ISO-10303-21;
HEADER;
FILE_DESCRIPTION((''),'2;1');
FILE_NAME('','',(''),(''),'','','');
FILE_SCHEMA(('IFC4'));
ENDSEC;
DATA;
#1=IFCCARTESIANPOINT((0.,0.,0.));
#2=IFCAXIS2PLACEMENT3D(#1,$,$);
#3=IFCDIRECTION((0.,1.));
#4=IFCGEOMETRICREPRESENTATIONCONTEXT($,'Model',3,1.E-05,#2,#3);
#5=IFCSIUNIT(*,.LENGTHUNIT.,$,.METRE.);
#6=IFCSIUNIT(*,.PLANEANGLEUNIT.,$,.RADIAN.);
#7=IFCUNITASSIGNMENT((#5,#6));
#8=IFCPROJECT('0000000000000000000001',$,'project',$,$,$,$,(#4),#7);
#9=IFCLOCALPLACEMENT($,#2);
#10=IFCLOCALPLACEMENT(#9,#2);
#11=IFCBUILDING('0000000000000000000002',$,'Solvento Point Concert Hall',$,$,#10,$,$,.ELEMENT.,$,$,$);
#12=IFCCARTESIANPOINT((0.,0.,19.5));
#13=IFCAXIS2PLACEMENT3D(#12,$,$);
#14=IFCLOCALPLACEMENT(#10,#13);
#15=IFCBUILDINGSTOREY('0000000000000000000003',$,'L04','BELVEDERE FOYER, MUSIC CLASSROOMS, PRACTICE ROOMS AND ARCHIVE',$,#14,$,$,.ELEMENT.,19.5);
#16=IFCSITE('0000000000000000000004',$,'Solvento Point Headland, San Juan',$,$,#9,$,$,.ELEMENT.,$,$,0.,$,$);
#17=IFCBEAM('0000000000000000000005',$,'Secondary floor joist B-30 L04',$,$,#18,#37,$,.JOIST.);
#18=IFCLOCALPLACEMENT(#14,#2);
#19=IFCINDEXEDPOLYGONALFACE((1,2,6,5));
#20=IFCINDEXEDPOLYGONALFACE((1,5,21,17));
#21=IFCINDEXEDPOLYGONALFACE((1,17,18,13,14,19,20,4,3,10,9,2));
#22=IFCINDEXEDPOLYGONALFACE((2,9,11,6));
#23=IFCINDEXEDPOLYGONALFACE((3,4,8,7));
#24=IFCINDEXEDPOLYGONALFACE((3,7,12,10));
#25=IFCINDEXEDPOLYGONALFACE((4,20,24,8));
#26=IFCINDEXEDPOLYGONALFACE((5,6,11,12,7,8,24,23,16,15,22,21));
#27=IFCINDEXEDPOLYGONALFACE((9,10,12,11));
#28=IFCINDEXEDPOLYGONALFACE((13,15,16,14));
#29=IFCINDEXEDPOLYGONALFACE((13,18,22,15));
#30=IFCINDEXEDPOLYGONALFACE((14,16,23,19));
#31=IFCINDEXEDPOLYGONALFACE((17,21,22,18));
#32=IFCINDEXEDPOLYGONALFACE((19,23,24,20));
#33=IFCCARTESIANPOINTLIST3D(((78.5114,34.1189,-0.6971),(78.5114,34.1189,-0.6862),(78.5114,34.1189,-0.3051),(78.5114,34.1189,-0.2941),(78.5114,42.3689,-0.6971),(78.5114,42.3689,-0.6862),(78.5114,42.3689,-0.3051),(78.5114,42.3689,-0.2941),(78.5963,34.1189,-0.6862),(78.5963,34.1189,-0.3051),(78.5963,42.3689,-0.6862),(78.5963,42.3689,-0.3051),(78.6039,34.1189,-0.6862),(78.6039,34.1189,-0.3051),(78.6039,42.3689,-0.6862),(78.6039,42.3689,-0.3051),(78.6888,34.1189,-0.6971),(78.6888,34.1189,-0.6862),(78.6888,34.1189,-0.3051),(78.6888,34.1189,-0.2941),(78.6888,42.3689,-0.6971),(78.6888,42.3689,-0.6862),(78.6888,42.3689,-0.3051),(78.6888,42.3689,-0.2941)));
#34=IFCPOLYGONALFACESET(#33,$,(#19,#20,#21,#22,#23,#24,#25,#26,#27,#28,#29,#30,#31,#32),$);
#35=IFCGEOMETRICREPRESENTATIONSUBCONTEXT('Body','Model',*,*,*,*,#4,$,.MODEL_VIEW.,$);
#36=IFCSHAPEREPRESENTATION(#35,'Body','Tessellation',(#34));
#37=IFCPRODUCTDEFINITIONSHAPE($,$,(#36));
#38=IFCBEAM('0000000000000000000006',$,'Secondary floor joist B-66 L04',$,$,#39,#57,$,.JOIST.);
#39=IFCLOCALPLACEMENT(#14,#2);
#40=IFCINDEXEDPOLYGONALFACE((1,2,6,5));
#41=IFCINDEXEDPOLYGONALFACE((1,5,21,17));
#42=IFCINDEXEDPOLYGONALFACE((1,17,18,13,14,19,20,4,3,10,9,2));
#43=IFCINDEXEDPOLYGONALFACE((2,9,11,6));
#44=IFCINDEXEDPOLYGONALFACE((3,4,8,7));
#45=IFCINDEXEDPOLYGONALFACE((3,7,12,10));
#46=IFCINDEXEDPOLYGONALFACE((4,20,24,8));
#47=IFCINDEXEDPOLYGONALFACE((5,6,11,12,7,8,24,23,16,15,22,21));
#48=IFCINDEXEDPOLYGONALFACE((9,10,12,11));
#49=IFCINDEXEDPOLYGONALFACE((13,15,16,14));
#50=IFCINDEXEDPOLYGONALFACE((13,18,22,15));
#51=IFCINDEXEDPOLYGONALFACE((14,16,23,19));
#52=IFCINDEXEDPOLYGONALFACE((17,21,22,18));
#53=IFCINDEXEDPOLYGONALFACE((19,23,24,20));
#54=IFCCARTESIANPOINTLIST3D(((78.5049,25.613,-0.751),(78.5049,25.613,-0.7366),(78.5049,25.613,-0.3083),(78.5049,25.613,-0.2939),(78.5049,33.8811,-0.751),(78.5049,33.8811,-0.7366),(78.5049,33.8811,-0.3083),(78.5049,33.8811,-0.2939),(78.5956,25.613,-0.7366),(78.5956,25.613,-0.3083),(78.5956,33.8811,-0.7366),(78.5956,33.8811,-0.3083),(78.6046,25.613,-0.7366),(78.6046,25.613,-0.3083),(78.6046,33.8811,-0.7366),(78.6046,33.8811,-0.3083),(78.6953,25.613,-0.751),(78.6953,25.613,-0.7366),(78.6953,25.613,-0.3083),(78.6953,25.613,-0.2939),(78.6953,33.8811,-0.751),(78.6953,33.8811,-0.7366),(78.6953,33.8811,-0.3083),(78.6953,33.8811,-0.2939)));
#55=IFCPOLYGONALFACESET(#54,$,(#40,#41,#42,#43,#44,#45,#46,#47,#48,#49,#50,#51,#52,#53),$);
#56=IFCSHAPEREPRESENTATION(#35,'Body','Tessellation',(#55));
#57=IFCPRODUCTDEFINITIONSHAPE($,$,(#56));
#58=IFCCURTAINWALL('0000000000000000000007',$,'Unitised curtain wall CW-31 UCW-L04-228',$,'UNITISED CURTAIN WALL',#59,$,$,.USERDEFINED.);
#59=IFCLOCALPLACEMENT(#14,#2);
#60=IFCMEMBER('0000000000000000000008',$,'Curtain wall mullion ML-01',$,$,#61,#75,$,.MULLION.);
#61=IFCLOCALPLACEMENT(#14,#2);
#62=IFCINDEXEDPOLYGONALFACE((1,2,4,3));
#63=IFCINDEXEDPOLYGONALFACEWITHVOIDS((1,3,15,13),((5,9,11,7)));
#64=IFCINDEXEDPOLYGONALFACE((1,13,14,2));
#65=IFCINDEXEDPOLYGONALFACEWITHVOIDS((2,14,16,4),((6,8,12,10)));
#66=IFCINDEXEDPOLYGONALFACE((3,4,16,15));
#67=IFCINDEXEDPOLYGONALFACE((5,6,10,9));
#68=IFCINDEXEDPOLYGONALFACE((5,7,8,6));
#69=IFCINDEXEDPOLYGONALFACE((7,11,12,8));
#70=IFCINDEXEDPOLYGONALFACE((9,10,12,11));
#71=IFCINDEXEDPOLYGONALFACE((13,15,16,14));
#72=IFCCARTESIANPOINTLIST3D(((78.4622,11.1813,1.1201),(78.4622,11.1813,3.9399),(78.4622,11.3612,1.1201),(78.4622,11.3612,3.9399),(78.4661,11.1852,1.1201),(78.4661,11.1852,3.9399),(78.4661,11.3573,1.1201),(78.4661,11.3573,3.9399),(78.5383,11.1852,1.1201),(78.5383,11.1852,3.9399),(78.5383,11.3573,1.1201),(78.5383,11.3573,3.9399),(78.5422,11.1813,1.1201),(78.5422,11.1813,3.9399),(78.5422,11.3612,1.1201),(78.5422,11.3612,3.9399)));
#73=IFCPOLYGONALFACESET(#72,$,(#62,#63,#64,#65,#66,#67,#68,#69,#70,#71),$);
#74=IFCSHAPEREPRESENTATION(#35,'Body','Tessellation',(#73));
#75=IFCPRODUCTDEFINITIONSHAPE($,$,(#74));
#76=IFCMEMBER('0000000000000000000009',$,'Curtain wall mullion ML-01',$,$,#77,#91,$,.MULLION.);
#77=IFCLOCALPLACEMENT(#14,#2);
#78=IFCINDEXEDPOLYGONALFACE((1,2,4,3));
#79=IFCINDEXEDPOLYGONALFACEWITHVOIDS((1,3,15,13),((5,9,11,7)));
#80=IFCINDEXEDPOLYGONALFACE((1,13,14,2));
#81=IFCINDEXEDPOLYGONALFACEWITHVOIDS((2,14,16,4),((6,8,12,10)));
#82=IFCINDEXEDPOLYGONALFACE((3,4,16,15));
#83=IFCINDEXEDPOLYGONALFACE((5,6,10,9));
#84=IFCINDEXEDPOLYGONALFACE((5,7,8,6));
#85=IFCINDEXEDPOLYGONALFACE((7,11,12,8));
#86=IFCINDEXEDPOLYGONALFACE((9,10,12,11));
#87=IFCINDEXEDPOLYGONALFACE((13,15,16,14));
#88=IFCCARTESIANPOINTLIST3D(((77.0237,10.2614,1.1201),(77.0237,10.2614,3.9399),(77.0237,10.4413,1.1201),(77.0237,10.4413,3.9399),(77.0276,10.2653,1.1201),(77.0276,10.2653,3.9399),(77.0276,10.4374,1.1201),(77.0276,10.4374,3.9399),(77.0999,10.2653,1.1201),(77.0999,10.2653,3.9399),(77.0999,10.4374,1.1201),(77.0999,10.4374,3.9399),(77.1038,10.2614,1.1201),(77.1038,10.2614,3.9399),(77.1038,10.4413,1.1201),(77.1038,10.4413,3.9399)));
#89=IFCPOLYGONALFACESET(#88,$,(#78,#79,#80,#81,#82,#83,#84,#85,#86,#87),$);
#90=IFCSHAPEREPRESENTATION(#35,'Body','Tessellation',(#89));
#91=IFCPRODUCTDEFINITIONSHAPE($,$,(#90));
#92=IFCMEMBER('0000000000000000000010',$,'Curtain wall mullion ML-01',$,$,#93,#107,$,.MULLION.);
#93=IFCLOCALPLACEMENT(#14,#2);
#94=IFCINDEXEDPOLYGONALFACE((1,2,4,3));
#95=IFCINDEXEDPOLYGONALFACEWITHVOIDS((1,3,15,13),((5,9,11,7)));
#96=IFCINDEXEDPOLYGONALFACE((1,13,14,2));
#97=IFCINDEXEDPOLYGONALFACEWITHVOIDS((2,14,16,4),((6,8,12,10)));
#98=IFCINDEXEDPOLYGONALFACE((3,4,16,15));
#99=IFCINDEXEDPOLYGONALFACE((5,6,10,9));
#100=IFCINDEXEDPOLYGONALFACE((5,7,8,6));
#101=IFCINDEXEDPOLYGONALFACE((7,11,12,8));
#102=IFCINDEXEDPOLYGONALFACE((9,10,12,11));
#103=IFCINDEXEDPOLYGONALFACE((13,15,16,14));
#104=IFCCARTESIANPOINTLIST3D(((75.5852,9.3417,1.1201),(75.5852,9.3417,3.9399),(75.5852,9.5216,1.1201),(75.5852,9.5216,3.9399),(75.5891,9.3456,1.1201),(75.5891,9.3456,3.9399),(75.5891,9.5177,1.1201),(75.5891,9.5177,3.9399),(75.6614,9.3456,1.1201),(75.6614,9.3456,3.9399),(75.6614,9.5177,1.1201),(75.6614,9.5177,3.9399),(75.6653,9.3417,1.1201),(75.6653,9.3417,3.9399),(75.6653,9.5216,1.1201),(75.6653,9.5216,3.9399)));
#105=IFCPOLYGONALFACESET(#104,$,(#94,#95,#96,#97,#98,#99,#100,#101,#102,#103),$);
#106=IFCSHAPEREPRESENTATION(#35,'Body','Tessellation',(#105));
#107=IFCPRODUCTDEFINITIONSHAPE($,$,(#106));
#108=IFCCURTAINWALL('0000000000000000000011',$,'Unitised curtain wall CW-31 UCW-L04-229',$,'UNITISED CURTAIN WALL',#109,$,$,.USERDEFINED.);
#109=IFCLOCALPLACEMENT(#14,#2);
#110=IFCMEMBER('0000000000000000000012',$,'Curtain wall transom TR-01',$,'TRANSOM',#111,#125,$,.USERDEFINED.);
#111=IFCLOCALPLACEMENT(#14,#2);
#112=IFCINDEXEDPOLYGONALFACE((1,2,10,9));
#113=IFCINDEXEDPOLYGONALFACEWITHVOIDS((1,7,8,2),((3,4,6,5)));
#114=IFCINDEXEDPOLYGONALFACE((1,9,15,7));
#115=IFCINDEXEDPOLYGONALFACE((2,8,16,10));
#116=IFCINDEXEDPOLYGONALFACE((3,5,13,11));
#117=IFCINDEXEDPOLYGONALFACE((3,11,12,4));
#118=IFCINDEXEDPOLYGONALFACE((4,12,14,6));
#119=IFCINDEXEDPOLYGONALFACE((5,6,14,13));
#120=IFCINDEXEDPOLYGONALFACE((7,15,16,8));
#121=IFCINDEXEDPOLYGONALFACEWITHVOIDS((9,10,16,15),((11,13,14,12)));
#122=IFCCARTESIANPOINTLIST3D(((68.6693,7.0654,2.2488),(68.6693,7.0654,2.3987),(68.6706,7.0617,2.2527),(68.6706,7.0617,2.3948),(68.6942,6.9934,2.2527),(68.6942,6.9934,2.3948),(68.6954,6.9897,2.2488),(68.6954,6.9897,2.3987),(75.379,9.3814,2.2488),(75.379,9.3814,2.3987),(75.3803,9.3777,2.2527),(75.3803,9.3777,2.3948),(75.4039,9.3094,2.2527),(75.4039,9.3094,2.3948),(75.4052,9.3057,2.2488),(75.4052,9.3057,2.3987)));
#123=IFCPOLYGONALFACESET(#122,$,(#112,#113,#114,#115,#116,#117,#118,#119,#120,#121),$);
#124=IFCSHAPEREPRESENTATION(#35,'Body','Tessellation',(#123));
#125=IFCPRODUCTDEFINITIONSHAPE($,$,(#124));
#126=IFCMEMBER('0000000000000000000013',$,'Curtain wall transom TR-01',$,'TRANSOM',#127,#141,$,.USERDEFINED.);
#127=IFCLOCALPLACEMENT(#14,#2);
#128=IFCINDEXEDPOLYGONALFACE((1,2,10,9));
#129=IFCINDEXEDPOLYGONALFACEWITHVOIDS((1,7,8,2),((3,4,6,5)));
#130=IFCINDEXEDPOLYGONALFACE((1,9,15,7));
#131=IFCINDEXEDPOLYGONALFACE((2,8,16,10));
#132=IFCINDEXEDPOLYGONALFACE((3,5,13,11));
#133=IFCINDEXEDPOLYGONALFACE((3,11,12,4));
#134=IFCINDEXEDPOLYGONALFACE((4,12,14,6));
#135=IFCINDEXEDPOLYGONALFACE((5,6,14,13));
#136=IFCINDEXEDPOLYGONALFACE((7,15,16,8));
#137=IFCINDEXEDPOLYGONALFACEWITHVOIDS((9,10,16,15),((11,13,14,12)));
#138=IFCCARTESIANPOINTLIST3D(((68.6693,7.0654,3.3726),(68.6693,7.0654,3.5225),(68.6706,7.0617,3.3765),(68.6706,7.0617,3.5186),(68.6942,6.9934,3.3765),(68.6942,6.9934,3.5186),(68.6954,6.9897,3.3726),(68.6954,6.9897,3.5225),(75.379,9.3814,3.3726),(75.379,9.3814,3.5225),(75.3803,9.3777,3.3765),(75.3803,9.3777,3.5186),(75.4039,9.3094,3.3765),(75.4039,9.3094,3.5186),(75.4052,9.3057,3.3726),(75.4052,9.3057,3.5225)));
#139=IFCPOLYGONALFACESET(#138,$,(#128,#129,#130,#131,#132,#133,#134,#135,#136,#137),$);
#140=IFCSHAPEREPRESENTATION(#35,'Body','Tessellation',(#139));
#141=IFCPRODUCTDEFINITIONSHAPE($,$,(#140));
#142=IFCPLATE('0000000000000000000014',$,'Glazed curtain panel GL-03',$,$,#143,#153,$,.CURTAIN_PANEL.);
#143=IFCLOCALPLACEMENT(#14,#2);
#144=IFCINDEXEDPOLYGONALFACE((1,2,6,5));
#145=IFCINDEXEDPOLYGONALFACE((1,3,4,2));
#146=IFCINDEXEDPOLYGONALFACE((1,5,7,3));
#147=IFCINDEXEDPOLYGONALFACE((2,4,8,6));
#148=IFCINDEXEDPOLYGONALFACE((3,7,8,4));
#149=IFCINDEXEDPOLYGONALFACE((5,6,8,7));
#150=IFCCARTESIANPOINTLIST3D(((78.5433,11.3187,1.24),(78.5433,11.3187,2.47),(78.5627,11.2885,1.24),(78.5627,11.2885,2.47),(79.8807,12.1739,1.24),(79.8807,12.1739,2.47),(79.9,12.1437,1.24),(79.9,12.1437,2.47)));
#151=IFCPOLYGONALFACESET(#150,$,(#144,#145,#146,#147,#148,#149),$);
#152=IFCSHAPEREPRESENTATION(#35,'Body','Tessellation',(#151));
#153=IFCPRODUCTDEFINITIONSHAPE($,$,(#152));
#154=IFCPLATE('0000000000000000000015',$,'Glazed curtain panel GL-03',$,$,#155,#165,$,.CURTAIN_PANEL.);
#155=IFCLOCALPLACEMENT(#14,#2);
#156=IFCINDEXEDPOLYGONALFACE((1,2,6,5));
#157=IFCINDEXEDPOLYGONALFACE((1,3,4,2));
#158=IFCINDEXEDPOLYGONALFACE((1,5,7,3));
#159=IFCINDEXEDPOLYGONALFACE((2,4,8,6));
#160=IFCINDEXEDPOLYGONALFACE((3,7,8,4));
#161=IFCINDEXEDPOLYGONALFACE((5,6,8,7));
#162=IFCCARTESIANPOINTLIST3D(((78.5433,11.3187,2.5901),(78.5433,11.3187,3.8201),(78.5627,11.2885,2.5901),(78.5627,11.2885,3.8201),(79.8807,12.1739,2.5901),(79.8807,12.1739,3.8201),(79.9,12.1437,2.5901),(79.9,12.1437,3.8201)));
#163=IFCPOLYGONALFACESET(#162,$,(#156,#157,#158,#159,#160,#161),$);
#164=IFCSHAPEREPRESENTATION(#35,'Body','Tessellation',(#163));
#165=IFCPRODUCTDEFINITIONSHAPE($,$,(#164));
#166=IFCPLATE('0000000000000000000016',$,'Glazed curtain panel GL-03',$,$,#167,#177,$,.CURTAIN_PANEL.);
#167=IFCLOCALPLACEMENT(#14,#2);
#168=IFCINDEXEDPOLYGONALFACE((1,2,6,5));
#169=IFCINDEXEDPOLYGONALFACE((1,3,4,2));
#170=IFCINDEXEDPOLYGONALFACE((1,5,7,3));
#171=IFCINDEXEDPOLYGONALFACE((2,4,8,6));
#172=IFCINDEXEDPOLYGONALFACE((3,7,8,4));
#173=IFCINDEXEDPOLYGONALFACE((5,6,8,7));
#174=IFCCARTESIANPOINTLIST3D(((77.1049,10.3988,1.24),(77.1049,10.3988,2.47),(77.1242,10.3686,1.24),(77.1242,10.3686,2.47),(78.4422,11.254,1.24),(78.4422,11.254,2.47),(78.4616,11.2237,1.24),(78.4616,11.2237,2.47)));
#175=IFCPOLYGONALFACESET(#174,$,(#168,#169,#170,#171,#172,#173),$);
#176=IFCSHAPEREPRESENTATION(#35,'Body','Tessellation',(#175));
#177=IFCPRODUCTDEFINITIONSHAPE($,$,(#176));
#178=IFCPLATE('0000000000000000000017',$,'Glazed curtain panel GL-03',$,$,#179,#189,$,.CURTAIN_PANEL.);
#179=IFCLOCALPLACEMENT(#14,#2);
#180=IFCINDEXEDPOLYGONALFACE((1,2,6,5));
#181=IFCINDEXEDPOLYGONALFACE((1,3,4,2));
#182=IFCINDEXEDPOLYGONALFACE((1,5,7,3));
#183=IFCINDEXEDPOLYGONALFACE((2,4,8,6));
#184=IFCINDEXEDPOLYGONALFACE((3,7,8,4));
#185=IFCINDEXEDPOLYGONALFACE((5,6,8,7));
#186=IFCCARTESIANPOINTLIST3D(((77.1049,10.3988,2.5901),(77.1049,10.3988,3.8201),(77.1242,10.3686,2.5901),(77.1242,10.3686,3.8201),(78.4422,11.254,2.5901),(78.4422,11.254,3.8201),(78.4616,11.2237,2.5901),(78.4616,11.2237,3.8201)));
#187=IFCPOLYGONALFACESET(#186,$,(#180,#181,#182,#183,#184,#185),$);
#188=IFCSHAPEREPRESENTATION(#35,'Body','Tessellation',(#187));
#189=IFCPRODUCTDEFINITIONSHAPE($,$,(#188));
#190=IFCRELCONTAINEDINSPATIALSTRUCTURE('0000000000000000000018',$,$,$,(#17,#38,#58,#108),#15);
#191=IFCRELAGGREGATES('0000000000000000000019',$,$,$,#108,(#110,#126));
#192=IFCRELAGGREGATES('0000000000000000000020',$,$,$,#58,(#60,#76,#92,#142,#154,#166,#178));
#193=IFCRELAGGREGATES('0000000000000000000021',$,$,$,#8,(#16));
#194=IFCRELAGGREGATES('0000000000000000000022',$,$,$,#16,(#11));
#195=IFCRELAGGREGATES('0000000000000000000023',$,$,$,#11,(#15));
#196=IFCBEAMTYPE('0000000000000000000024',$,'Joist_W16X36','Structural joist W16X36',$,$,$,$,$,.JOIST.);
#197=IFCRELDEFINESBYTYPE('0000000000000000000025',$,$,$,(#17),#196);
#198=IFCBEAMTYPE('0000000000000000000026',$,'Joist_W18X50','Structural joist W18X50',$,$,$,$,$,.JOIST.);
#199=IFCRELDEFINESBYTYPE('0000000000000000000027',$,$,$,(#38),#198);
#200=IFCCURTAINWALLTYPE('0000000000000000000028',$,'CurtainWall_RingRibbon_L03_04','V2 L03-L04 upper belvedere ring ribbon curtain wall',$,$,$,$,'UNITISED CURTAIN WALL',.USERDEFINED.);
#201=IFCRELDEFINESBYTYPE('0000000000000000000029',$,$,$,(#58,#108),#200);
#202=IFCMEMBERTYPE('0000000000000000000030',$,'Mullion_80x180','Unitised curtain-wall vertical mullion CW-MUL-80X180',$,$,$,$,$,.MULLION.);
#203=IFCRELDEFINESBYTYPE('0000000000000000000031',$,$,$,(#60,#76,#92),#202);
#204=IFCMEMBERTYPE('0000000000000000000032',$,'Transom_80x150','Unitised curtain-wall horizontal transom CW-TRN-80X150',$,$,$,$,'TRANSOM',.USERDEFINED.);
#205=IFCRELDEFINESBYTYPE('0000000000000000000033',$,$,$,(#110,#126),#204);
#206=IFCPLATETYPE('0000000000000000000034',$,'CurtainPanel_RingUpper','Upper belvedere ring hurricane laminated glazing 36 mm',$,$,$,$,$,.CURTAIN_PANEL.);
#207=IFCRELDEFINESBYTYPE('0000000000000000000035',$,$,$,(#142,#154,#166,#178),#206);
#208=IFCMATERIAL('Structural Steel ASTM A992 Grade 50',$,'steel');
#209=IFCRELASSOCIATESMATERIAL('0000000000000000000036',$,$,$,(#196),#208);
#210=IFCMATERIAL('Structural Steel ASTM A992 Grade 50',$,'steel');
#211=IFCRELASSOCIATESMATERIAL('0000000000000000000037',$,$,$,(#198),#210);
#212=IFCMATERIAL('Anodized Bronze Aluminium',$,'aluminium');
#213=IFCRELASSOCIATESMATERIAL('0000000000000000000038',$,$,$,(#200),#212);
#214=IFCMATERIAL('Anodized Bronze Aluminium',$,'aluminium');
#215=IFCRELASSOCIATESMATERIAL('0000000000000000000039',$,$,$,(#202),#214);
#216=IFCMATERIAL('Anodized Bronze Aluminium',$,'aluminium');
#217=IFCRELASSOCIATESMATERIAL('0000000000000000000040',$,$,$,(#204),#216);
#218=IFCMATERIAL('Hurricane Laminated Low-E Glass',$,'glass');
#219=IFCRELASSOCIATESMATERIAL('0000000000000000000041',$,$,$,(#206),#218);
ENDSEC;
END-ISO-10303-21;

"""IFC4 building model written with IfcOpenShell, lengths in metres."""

from ifc_helpers import new_model, si_unit, direction, frame, origin, origin_2d, place, context, subcontext, project, spatial, rectangle, hollow_rectangle, i_section, extrude, material, material_profile, profile_set, type_object, element, aggregate, save


model = new_model("IFC4")

# Units and contexts
model_context = context("Model", 3, precision=1e-05, world=origin(), true_north=direction((0.0, 1.0)))
body_context = subcontext(model_context, "Body", "Model", "MODEL_VIEW")
ifc_project = project(units=[si_unit("LENGTHUNIT", "METRE"), si_unit("PLANEANGLEUNIT", "RADIAN")], contexts=[model_context])

# Site, building, storey
site_placement = place(None, origin())
site = spatial("IfcSite", under=ifc_project, at=site_placement, Name="Solvento Point Headland, San Juan", CompositionType="ELEMENT", RefElevation=0.0)
building_placement = place(site_placement, origin())
building = spatial("IfcBuilding", under=site, at=building_placement, Name="Solvento Point Concert Hall", CompositionType="ELEMENT")
storey_placement = place(building_placement, frame((0.0, 0.0, 19.5)))
storey = spatial("IfcBuildingStorey", under=building, at=storey_placement, Name="L04", Description="BELVEDERE FOYER, MUSIC CLASSROOMS, PRACTICE ROOMS AND ARCHIVE", CompositionType="ELEMENT", Elevation=19.5)

# Beams
ifc_material_1 = material(Name="Structural Steel ASTM A992 Grade 50", Category="steel")
ifc_material_profile_1 = material_profile(ifc_material_1, i_section(OverallWidth=0.1775, OverallDepth=0.4031, WebThickness=0.0076, FlangeThickness=0.011, at=origin_2d()), Name="W16X36")
ifc_profile_set_1 = profile_set([ifc_material_profile_1], Name="Structural Steel ASTM A992 Grade 50")
beam_type_1 = type_object("IfcBeamType", Name="Joist_W16X36", Description="Structural joist W16X36", PredefinedType="JOIST", material=ifc_profile_set_1)
beam_1_placement = place(storey_placement, frame((78.6001, 34.1189, -0.4956), z_axis=(0.0, 1.0, 0.0), x_axis=(-1.0, 0.0, 0.0)))
element("IfcBeam", 1, at=beam_1_placement, inside=storey, type_object=beam_type_1, Name="Secondary floor joist B-30 L04", PredefinedType="JOIST", context=body_context, shape_type="SweptSolid", body=[
    extrude(i_section(OverallWidth=0.1775, OverallDepth=0.4031, WebThickness=0.0076, FlangeThickness=0.011, at=origin_2d()), origin(), (0.0, 0.0, 1.0), 8.25),
])
ifc_material_2 = material(Name="Structural Steel ASTM A992 Grade 50", Category="steel")
ifc_material_profile_2 = material_profile(ifc_material_2, i_section(OverallWidth=0.1904, OverallDepth=0.457, WebThickness=0.009, FlangeThickness=0.0144, at=origin_2d()), Name="W18X50")
ifc_profile_set_2 = profile_set([ifc_material_profile_2], Name="Structural Steel ASTM A992 Grade 50")
beam_type_2 = type_object("IfcBeamType", Name="Joist_W18X50", Description="Structural joist W18X50", PredefinedType="JOIST", material=ifc_profile_set_2)
beam_2_placement = place(storey_placement, frame((78.6001, 25.613, -0.5225), z_axis=(0.0, 1.0, 0.0), x_axis=(-1.0, 0.0, 0.0)))
element("IfcBeam", 2, at=beam_2_placement, inside=storey, type_object=beam_type_2, Name="Secondary floor joist B-66 L04", PredefinedType="JOIST", context=body_context, shape_type="SweptSolid", body=[
    extrude(i_section(OverallWidth=0.1904, OverallDepth=0.457, WebThickness=0.009, FlangeThickness=0.0144, at=origin_2d()), origin(), (0.0, 0.0, 1.0), 8.2681),
])

# Curtain walls, members
ifc_material_3 = material(Name="Anodized Bronze Aluminium", Category="aluminium")
curtain_wall_type = type_object("IfcCurtainWallType", Name="CurtainWall_RingRibbon_L03_04", Description="V2 L03-L04 upper belvedere ring ribbon curtain wall", ElementType="UNITISED CURTAIN WALL", PredefinedType="USERDEFINED", material=ifc_material_3)
curtain_wall_1_placement = place(storey_placement, origin())
curtain_wall_1 = element("IfcCurtainWall", 3, at=curtain_wall_1_placement, inside=storey, type_object=curtain_wall_type, Name="Unitised curtain wall CW-31 UCW-L04-228", ObjectType="UNITISED CURTAIN WALL", PredefinedType="USERDEFINED")
ifc_material_4 = material(Name="Anodized Bronze Aluminium", Category="aluminium")
ifc_material_profile_3 = material_profile(ifc_material_4, hollow_rectangle(XDim=0.0801, YDim=0.1799, WallThickness=0.0039, at=origin_2d()), Name="CW-MUL-80X180")
ifc_profile_set_3 = profile_set([ifc_material_profile_3], Name="Anodized Bronze Aluminium")
member_type_1 = type_object("IfcMemberType", Name="Mullion_80x180", Description="Unitised curtain-wall vertical mullion CW-MUL-80X180", PredefinedType="MULLION", material=ifc_profile_set_3)
member_1_placement = place(storey_placement, frame((78.5022, 11.2712, 1.1201), z_axis=(0.0, 0.0, 1.0), x_axis=(1.0, 0.0, 0.0)))
member_1 = element("IfcMember", 4, at=member_1_placement, type_object=member_type_1, Name="Curtain wall mullion ML-01", PredefinedType="MULLION", context=body_context, shape_type="SweptSolid", body=[
    extrude(hollow_rectangle(XDim=0.0801, YDim=0.1799, WallThickness=0.0039, at=origin_2d()), origin(), (0.0, 0.0, 1.0), 2.8198),
])
member_2_placement = place(storey_placement, frame((77.0637, 10.3513, 1.1201), z_axis=(0.0, 0.0, 1.0), x_axis=(1.0, 0.0, 0.0)))
member_2 = element("IfcMember", 5, at=member_2_placement, type_object=member_type_1, Name="Curtain wall mullion ML-01", PredefinedType="MULLION", context=body_context, shape_type="SweptSolid", body=[
    extrude(hollow_rectangle(XDim=0.0801, YDim=0.1799, WallThickness=0.0039, at=origin_2d()), origin(), (0.0, 0.0, 1.0), 2.8198),
])
member_3_placement = place(storey_placement, frame((75.6252, 9.4316, 1.1201), z_axis=(0.0, 0.0, 1.0), x_axis=(1.0, 0.0, 0.0)))
member_3 = element("IfcMember", 6, at=member_3_placement, type_object=member_type_1, Name="Curtain wall mullion ML-01", PredefinedType="MULLION", context=body_context, shape_type="SweptSolid", body=[
    extrude(hollow_rectangle(XDim=0.0801, YDim=0.1799, WallThickness=0.0039, at=origin_2d()), origin(), (0.0, 0.0, 1.0), 2.8198),
])
curtain_wall_2_placement = place(storey_placement, origin())
curtain_wall_2 = element("IfcCurtainWall", 7, at=curtain_wall_2_placement, inside=storey, type_object=curtain_wall_type, Name="Unitised curtain wall CW-31 UCW-L04-229", ObjectType="UNITISED CURTAIN WALL", PredefinedType="USERDEFINED")
ifc_material_5 = material(Name="Anodized Bronze Aluminium", Category="aluminium")
ifc_material_profile_4 = material_profile(ifc_material_5, hollow_rectangle(XDim=0.0801, YDim=0.1499, WallThickness=0.0039, at=origin_2d()), Name="CW-TRN-80X150")
ifc_profile_set_4 = profile_set([ifc_material_profile_4], Name="Anodized Bronze Aluminium")
member_type_2 = type_object("IfcMemberType", Name="Transom_80x150", Description="Unitised curtain-wall horizontal transom CW-TRN-80X150", ElementType="TRANSOM", PredefinedType="USERDEFINED", material=ifc_profile_set_4)
member_4_placement = place(storey_placement, frame((75.3921, 9.3435, 2.3237), z_axis=(-0.945276, -0.326271, 0.0), x_axis=(0.326271, -0.945276, 0.0)))
member_4 = element("IfcMember", 8, at=member_4_placement, type_object=member_type_2, Name="Curtain wall transom TR-01", ObjectType="TRANSOM", PredefinedType="USERDEFINED", context=body_context, shape_type="SweptSolid", body=[
    extrude(hollow_rectangle(XDim=0.0801, YDim=0.1499, WallThickness=0.0039, at=origin_2d()), origin(), (0.0, 0.0, 1.0), 7.0981),
])
member_5_placement = place(storey_placement, frame((75.3921, 9.3435, 3.4475), z_axis=(-0.945276, -0.326271, 0.0), x_axis=(0.326271, -0.945276, 0.0)))
member_5 = element("IfcMember", 9, at=member_5_placement, type_object=member_type_2, Name="Curtain wall transom TR-01", ObjectType="TRANSOM", PredefinedType="USERDEFINED", context=body_context, shape_type="SweptSolid", body=[
    extrude(hollow_rectangle(XDim=0.0801, YDim=0.1499, WallThickness=0.0039, at=origin_2d()), origin(), (0.0, 0.0, 1.0), 7.0981),
])
aggregate(curtain_wall_2, [member_4, member_5])

# Plates
ifc_material_6 = material(Name="Hurricane Laminated Low-E Glass", Category="glass")
plate_type = type_object("IfcPlateType", Name="CurtainPanel_RingUpper", Description="Upper belvedere ring hurricane laminated glazing 36 mm", PredefinedType="CURTAIN_PANEL", material=ifc_material_6)
plate_1_placement = place(storey_placement, frame((79.2217, 11.7312, 1.24), z_axis=(0.0, 0.0, 1.0), x_axis=(-0.84249, -0.538712, 0.0)))
plate_1 = element("IfcPlate", 10, at=plate_1_placement, type_object=plate_type, Name="Glazed curtain panel GL-03", PredefinedType="CURTAIN_PANEL", context=body_context, shape_type="SweptSolid", body=[
    extrude(rectangle(XDim=1.5874, YDim=0.0359, at=origin_2d()), origin(), (0.0, 0.0, 1.0), 1.23),
])
plate_2_placement = place(storey_placement, frame((79.2217, 11.7312, 2.5901), z_axis=(0.0, 0.0, 1.0), x_axis=(-0.84249, -0.538712, 0.0)))
plate_2 = element("IfcPlate", 11, at=plate_2_placement, type_object=plate_type, Name="Glazed curtain panel GL-03", PredefinedType="CURTAIN_PANEL", context=body_context, shape_type="SweptSolid", body=[
    extrude(rectangle(XDim=1.5874, YDim=0.0359, at=origin_2d()), origin(), (0.0, 0.0, 1.0), 1.23),
])
plate_3_placement = place(storey_placement, frame((77.7832, 10.8113, 1.24), z_axis=(0.0, 0.0, 1.0), x_axis=(-0.84249, -0.538712, 0.0)))
plate_3 = element("IfcPlate", 12, at=plate_3_placement, type_object=plate_type, Name="Glazed curtain panel GL-03", PredefinedType="CURTAIN_PANEL", context=body_context, shape_type="SweptSolid", body=[
    extrude(rectangle(XDim=1.5874, YDim=0.0359, at=origin_2d()), origin(), (0.0, 0.0, 1.0), 1.23),
])
plate_4_placement = place(storey_placement, frame((77.7832, 10.8113, 2.5901), z_axis=(0.0, 0.0, 1.0), x_axis=(-0.84249, -0.538712, 0.0)))
plate_4 = element("IfcPlate", 13, at=plate_4_placement, type_object=plate_type, Name="Glazed curtain panel GL-03", PredefinedType="CURTAIN_PANEL", context=body_context, shape_type="SweptSolid", body=[
    extrude(rectangle(XDim=1.5874, YDim=0.0359, at=origin_2d()), origin(), (0.0, 0.0, 1.0), 1.23),
])
aggregate(curtain_wall_1, [member_1, member_2, member_3, plate_1, plate_2, plate_3, plate_4])

save(model, "model.ifc")
